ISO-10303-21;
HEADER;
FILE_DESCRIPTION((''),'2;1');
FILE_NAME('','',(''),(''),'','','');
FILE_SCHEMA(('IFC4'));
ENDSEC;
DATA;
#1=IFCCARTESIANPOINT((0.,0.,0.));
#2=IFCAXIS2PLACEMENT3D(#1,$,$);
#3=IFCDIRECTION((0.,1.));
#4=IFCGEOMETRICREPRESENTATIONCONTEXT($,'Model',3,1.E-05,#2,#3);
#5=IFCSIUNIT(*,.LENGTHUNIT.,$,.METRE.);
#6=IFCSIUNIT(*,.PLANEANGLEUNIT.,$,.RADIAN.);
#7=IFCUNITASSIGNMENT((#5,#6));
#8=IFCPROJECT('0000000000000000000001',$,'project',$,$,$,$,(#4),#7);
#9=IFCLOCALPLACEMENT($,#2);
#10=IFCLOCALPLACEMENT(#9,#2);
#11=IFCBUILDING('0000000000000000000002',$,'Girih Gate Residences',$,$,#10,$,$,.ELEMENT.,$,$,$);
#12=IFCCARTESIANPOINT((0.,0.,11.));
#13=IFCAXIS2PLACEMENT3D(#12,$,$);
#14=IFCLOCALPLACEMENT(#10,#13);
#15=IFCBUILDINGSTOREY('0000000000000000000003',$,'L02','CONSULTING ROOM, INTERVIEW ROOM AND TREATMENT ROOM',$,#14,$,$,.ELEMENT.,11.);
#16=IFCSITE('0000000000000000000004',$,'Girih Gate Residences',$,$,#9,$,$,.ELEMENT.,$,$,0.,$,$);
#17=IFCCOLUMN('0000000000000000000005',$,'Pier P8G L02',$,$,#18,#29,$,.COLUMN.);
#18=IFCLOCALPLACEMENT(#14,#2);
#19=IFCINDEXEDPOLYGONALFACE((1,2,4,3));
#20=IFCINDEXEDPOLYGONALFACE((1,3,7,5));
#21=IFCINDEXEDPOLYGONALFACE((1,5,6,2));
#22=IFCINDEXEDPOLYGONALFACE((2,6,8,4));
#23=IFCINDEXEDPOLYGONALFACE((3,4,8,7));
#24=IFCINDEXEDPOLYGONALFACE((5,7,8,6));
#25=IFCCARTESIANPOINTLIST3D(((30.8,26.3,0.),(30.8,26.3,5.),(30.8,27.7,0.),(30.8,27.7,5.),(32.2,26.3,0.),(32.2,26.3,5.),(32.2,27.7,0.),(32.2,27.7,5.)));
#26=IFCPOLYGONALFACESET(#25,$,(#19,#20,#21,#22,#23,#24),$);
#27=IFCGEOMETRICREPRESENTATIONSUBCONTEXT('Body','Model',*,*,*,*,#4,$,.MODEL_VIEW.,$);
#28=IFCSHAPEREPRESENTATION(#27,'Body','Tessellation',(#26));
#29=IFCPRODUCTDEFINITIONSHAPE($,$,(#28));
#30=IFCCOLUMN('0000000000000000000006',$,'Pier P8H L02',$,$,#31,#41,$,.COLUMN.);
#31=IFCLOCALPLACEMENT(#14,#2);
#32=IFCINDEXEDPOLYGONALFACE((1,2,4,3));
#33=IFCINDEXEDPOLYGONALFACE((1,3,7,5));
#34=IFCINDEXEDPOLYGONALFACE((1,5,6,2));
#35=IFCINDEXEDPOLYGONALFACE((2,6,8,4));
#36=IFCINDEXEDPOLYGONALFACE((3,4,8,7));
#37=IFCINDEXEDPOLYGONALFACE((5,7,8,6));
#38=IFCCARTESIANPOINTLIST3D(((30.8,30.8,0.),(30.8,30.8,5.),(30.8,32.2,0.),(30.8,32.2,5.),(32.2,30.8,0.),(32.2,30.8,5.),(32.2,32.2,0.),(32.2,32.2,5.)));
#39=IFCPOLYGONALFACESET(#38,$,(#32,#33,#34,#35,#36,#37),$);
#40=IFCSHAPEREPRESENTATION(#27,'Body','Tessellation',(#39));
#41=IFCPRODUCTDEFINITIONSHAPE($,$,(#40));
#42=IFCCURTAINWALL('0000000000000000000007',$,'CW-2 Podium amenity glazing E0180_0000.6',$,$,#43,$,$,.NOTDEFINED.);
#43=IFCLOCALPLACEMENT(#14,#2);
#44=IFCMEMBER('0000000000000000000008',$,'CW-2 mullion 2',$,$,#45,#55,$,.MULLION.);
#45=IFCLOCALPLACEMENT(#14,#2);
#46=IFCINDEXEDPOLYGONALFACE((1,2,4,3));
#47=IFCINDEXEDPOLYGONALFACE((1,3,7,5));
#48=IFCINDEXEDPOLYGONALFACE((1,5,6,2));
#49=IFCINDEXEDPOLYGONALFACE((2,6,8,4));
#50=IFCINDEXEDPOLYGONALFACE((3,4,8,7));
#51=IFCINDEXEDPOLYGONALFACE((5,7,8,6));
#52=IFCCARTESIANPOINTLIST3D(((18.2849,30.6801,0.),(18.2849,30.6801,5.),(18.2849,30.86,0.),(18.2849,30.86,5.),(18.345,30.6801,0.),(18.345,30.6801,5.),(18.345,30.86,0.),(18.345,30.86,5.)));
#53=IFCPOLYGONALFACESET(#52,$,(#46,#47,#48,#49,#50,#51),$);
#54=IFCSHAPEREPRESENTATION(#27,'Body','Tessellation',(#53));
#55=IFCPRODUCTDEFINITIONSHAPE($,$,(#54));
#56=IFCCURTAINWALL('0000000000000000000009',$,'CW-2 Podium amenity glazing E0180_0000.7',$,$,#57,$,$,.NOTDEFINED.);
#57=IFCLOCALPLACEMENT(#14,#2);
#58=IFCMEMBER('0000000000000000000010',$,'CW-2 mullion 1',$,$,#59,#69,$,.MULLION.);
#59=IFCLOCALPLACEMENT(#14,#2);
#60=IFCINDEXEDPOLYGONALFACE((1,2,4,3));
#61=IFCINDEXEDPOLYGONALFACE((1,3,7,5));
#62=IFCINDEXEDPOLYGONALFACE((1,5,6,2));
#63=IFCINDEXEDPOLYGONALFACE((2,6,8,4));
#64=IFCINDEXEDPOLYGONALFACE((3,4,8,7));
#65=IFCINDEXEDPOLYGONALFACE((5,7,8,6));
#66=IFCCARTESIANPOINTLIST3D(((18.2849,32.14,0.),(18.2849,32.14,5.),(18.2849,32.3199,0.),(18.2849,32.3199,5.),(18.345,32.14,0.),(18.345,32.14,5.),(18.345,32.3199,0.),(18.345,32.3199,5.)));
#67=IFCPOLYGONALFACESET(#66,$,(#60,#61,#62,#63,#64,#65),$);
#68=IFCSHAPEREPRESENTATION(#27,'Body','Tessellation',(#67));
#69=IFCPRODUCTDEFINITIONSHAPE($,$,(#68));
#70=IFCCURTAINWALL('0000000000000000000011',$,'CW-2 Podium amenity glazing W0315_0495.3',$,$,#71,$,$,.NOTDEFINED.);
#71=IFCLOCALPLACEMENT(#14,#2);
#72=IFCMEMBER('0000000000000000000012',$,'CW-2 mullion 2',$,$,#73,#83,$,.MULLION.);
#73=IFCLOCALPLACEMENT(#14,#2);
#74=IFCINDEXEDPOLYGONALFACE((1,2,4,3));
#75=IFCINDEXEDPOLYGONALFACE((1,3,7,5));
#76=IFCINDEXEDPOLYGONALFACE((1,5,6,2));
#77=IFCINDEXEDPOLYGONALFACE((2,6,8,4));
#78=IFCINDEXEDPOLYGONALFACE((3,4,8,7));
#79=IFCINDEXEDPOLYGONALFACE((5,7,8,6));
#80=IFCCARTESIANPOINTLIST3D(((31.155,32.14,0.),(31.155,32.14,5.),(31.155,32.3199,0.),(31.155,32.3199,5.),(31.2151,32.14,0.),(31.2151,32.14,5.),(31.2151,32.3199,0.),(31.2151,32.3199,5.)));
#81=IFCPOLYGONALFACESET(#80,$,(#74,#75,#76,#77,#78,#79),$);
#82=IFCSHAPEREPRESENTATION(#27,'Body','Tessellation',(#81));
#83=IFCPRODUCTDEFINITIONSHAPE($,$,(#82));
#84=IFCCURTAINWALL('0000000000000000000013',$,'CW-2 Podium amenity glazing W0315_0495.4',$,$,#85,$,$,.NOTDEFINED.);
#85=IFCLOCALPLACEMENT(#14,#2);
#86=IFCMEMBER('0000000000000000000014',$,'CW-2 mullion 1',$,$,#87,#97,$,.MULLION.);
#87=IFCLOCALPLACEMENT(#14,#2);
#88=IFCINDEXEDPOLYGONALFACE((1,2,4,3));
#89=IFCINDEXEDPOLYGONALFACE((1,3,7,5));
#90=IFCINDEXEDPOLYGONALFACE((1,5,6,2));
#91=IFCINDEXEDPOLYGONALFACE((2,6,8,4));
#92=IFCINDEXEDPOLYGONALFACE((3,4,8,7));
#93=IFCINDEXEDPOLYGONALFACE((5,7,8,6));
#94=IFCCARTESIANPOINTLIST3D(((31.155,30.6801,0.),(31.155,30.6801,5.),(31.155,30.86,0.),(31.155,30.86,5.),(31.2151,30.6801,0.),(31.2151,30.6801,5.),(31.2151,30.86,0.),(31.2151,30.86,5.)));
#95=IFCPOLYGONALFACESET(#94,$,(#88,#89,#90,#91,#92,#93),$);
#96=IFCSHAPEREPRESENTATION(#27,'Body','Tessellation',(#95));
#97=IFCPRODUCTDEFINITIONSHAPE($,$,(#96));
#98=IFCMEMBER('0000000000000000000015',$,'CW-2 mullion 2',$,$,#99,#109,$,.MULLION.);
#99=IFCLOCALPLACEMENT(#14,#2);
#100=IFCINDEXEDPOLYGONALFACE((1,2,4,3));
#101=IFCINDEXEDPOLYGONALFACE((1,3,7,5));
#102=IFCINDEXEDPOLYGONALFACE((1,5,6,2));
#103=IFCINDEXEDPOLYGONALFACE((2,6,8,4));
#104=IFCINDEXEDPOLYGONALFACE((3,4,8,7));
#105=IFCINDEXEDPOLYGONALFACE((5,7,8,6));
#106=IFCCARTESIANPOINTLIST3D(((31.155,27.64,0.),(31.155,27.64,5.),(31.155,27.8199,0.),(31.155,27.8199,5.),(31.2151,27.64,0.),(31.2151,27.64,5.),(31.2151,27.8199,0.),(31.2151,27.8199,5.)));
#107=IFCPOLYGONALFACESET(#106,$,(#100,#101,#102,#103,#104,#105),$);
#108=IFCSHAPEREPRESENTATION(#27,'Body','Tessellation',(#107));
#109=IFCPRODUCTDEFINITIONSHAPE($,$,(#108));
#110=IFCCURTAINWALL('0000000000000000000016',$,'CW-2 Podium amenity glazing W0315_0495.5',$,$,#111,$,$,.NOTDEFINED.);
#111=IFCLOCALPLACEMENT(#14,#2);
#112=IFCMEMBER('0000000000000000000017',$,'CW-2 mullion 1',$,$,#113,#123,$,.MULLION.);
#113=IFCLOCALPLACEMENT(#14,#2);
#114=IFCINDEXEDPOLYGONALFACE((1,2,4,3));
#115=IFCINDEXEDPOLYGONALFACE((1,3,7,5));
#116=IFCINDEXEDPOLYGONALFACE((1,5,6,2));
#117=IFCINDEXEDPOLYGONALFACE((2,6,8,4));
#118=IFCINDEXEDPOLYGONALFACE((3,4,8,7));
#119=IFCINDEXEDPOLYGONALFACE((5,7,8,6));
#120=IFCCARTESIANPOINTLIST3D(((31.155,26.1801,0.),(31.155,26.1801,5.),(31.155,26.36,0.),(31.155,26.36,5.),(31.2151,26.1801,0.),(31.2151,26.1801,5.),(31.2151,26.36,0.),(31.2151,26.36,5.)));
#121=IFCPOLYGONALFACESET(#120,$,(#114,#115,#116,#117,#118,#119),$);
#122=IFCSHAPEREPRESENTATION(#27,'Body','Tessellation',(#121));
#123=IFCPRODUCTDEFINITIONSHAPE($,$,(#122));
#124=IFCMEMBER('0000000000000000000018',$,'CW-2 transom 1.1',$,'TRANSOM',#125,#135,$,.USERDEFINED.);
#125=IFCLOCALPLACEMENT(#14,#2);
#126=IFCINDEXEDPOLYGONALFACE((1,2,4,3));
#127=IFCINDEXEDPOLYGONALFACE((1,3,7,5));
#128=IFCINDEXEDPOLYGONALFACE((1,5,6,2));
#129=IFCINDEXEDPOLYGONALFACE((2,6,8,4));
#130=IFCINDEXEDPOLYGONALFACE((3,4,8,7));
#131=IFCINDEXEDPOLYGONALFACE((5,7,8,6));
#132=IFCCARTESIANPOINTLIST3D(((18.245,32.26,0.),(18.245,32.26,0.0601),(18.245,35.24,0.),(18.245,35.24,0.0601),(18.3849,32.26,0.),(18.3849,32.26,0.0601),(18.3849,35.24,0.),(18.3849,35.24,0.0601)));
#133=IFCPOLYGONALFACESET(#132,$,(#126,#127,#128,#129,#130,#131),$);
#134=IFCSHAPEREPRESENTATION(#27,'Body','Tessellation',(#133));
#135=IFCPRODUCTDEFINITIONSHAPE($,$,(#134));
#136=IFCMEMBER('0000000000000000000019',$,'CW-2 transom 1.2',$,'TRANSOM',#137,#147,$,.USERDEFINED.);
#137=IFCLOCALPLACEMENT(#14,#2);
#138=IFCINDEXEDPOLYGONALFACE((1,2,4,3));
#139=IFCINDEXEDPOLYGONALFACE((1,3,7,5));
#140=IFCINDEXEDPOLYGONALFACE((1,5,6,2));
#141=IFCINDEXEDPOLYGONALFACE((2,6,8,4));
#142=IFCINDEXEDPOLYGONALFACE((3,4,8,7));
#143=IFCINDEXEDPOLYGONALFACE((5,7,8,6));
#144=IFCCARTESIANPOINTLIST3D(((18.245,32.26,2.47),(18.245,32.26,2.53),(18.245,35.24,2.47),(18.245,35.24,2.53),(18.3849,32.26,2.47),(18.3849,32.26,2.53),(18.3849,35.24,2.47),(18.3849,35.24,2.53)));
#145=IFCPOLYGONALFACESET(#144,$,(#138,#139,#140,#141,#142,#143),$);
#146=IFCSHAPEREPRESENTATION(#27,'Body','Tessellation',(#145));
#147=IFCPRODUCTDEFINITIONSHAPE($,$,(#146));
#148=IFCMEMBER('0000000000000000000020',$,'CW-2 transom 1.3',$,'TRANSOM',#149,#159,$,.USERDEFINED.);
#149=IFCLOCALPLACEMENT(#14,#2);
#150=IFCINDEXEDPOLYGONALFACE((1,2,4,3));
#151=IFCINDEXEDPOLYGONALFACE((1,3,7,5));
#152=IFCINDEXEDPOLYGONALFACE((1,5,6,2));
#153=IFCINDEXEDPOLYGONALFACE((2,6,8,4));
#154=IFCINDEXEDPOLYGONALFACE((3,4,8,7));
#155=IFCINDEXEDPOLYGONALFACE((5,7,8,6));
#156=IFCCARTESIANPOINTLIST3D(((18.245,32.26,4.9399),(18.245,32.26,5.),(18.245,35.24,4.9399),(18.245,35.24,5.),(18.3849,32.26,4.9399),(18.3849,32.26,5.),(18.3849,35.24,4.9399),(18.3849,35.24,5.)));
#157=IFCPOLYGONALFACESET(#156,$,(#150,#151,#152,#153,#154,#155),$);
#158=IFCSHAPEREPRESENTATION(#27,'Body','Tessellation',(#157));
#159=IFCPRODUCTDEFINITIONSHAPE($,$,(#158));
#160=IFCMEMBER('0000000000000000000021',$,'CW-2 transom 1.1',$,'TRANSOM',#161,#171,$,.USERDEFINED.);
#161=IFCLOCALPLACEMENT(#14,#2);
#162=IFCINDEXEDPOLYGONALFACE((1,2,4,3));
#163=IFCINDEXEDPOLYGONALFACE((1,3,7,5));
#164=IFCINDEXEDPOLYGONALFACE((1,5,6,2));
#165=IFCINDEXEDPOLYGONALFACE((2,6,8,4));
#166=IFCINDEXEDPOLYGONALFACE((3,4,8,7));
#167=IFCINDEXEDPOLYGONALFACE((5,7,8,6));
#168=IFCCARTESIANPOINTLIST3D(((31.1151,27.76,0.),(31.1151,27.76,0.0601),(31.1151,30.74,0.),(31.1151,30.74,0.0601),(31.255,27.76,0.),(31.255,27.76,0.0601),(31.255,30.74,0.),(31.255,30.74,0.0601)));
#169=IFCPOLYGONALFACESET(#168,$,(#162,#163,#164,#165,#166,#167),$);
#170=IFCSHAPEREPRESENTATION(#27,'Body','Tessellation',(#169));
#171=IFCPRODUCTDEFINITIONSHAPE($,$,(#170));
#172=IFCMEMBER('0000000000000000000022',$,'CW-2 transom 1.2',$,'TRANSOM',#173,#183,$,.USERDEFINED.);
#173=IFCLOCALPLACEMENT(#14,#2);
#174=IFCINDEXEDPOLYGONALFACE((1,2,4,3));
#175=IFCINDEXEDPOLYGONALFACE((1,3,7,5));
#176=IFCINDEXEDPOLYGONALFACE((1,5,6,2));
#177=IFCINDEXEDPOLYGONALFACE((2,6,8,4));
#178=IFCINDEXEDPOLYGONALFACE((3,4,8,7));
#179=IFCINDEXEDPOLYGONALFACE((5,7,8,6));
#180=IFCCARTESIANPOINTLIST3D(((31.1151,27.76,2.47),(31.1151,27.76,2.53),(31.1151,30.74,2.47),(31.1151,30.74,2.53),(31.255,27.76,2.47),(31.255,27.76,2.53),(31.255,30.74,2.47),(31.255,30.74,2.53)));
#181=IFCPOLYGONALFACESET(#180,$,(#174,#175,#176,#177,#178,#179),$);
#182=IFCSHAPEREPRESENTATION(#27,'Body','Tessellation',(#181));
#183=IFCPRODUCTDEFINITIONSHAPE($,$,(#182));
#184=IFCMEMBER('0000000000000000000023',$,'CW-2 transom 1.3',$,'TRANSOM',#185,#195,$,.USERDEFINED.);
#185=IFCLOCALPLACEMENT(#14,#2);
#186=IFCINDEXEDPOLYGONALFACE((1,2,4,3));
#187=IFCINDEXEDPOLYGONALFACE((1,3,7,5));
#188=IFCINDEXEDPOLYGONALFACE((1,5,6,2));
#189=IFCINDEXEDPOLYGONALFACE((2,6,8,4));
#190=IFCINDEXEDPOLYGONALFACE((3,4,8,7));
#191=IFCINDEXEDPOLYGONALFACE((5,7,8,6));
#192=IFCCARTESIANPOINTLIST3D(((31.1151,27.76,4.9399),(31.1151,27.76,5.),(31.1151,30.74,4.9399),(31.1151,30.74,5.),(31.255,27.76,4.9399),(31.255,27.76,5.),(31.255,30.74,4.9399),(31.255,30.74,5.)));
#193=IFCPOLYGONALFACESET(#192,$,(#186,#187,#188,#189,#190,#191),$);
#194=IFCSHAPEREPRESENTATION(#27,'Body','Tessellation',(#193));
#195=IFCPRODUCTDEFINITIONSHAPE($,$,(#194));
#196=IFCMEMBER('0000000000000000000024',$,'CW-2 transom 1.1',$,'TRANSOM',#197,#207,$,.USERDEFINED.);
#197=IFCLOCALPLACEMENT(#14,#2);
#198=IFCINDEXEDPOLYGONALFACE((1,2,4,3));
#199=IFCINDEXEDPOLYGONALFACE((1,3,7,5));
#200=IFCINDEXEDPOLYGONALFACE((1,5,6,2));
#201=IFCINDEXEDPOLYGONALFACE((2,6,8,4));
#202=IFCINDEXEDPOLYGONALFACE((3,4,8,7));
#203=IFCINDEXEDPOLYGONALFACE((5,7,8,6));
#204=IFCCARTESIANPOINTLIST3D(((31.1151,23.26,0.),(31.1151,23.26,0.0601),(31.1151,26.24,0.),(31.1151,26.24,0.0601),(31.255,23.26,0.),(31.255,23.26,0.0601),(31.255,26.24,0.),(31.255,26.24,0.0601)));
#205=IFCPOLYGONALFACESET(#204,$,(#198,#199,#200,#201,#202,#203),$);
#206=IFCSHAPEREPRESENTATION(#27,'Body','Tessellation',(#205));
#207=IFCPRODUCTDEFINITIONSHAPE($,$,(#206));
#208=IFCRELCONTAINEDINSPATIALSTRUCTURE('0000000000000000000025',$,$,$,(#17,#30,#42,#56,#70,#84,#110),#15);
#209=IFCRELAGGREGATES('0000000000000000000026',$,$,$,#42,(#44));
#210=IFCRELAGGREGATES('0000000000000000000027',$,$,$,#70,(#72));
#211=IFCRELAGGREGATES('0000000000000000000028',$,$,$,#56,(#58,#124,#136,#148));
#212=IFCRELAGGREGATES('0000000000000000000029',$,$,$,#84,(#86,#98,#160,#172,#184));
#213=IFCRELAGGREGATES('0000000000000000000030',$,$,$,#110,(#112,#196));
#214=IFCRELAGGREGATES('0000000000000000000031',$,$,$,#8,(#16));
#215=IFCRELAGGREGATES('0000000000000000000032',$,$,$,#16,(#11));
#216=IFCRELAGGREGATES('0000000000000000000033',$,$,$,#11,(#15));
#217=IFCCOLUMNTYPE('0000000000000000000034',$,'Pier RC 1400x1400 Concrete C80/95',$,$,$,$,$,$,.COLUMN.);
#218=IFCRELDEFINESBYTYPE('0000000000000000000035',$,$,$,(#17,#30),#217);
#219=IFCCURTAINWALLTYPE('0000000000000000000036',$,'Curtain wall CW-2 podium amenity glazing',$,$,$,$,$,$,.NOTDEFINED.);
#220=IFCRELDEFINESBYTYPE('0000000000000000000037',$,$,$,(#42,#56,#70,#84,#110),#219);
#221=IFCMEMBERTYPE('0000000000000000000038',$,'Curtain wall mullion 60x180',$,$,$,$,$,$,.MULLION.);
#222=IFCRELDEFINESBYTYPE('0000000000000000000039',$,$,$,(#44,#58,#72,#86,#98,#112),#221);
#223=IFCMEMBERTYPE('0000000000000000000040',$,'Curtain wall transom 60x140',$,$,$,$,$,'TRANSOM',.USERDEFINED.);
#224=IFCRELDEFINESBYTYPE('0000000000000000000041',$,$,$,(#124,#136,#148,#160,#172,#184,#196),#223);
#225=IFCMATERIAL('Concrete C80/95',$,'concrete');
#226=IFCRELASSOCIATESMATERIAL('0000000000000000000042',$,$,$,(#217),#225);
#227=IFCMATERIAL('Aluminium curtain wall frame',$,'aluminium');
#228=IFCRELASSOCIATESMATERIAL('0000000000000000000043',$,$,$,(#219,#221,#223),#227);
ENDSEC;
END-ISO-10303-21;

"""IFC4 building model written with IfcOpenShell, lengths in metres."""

from ifc_helpers import new_model, si_unit, direction, frame, origin, origin_2d, place, context, subcontext, project, spatial, rectangle, extrude, material, material_profile, profile_set, type_object, element, aggregate, save


model = new_model("IFC4")

# Units and contexts
model_context = context("Model", 3, precision=1e-05, world=origin(), true_north=direction((0.0, 1.0)))
body_context = subcontext(model_context, "Body", "Model", "MODEL_VIEW")
ifc_project = project(units=[si_unit("LENGTHUNIT", "METRE"), si_unit("PLANEANGLEUNIT", "RADIAN")], contexts=[model_context])

# Site, building, storey
site_placement = place(None, origin())
site = spatial("IfcSite", under=ifc_project, at=site_placement, Name="Girih Gate Residences", CompositionType="ELEMENT", RefElevation=0.0)
building_placement = place(site_placement, origin())
building = spatial("IfcBuilding", under=site, at=building_placement, Name="Girih Gate Residences", CompositionType="ELEMENT")
storey_placement = place(building_placement, frame((0.0, 0.0, 11.0)))
storey = spatial("IfcBuildingStorey", under=building, at=storey_placement, Name="L02", Description="CONSULTING ROOM, INTERVIEW ROOM AND TREATMENT ROOM", CompositionType="ELEMENT", Elevation=11.0)

# Columns
ifc_material_1 = material(Name="Concrete C80/95", Category="concrete")
ifc_material_profile_1 = material_profile(ifc_material_1, rectangle(XDim=1.3999, YDim=1.3999, at=origin_2d()))
ifc_profile_set_1 = profile_set([ifc_material_profile_1], Name="Concrete C80/95")
column_type = type_object("IfcColumnType", Name="Pier RC 1400x1400 Concrete C80/95", PredefinedType="COLUMN", material=ifc_profile_set_1)
for number, where, z_axis, x_axis, name in (
    (1, (31.5, 27.0, 0.0), (0.0, 0.0, 1.0), (1.0, 0.0, 0.0), "Pier P8G L02"),
    (2, (31.5, 31.5, 0.0), (0.0, 0.0, 1.0), (1.0, 0.0, 0.0), "Pier P8H L02"),
):
    element("IfcColumn", number, at=place(storey_placement, frame(where, z_axis=z_axis, x_axis=x_axis)), inside=storey, type_object=column_type, Name=name, PredefinedType="COLUMN", context=body_context, shape_type="SweptSolid", body=[
        extrude(rectangle(XDim=1.3999, YDim=1.3999, at=origin_2d()), origin(), (0.0, 0.0, 1.0), 5.0),
    ])

# Curtain walls, members
ifc_material_2 = material(Name="Aluminium curtain wall frame", Category="aluminium")
curtain_wall_type = type_object("IfcCurtainWallType", Name="Curtain wall CW-2 podium amenity glazing", PredefinedType="NOTDEFINED", material=ifc_material_2)
curtain_wall_1_placement = place(storey_placement, origin())
curtain_wall_1 = element("IfcCurtainWall", 3, at=curtain_wall_1_placement, inside=storey, type_object=curtain_wall_type, Name="CW-2 Podium amenity glazing E0180_0000.6", PredefinedType="NOTDEFINED")
ifc_material_profile_2 = material_profile(ifc_material_2, rectangle(XDim=0.0601, YDim=0.1799, at=origin_2d()))
ifc_profile_set_2 = profile_set([ifc_material_profile_2], Name="Aluminium curtain wall frame")
member_type_1 = type_object("IfcMemberType", Name="Curtain wall mullion 60x180", PredefinedType="MULLION", material=ifc_profile_set_2)
member_1_placement = place(storey_placement, frame((18.3149, 30.77, 0.0), z_axis=(0.0, 0.0, 1.0), x_axis=(-1.0, 0.0, 0.0)))
member_1 = element("IfcMember", 4, at=member_1_placement, type_object=member_type_1, Name="CW-2 mullion 2", PredefinedType="MULLION", context=body_context, shape_type="SweptSolid", body=[
    extrude(rectangle(XDim=0.0601, YDim=0.1799, at=origin_2d()), origin(), (0.0, 0.0, 1.0), 5.0),
])
aggregate(curtain_wall_1, [member_1])
curtain_wall_2_placement = place(storey_placement, origin())
curtain_wall_2 = element("IfcCurtainWall", 5, at=curtain_wall_2_placement, inside=storey, type_object=curtain_wall_type, Name="CW-2 Podium amenity glazing E0180_0000.7", PredefinedType="NOTDEFINED")
member_2_placement = place(storey_placement, frame((18.3149, 32.23, 0.0), z_axis=(0.0, 0.0, 1.0), x_axis=(-1.0, 0.0, 0.0)))
member_2 = element("IfcMember", 6, at=member_2_placement, type_object=member_type_1, Name="CW-2 mullion 1", PredefinedType="MULLION", context=body_context, shape_type="SweptSolid", body=[
    extrude(rectangle(XDim=0.0601, YDim=0.1799, at=origin_2d()), origin(), (0.0, 0.0, 1.0), 5.0),
])
curtain_wall_3_placement = place(storey_placement, origin())
curtain_wall_3 = element("IfcCurtainWall", 7, at=curtain_wall_3_placement, inside=storey, type_object=curtain_wall_type, Name="CW-2 Podium amenity glazing W0315_0495.3", PredefinedType="NOTDEFINED")
member_3_placement = place(storey_placement, frame((31.1851, 32.23, 0.0), z_axis=(0.0, 0.0, 1.0), x_axis=(1.0, 0.0, 0.0)))
member_3 = element("IfcMember", 8, at=member_3_placement, type_object=member_type_1, Name="CW-2 mullion 2", PredefinedType="MULLION", context=body_context, shape_type="SweptSolid", body=[
    extrude(rectangle(XDim=0.0601, YDim=0.1799, at=origin_2d()), origin(), (0.0, 0.0, 1.0), 5.0),
])
aggregate(curtain_wall_3, [member_3])

# Curtain wall, members
curtain_wall_4_placement = place(storey_placement, origin())
curtain_wall_4 = element("IfcCurtainWall", 9, at=curtain_wall_4_placement, inside=storey, type_object=curtain_wall_type, Name="CW-2 Podium amenity glazing W0315_0495.4", PredefinedType="NOTDEFINED")
member_4_placement = place(storey_placement, frame((31.1851, 30.77, 0.0), z_axis=(0.0, 0.0, 1.0), x_axis=(1.0, 0.0, 0.0)))
member_4 = element("IfcMember", 10, at=member_4_placement, type_object=member_type_1, Name="CW-2 mullion 1", PredefinedType="MULLION", context=body_context, shape_type="SweptSolid", body=[
    extrude(rectangle(XDim=0.0601, YDim=0.1799, at=origin_2d()), origin(), (0.0, 0.0, 1.0), 5.0),
])
member_5_placement = place(storey_placement, frame((31.1851, 27.73, 0.0), z_axis=(0.0, 0.0, 1.0), x_axis=(1.0, 0.0, 0.0)))
member_5 = element("IfcMember", 11, at=member_5_placement, type_object=member_type_1, Name="CW-2 mullion 2", PredefinedType="MULLION", context=body_context, shape_type="SweptSolid", body=[
    extrude(rectangle(XDim=0.0601, YDim=0.1799, at=origin_2d()), origin(), (0.0, 0.0, 1.0), 5.0),
])

# Curtain wall, member
curtain_wall_5_placement = place(storey_placement, origin())
curtain_wall_5 = element("IfcCurtainWall", 12, at=curtain_wall_5_placement, inside=storey, type_object=curtain_wall_type, Name="CW-2 Podium amenity glazing W0315_0495.5", PredefinedType="NOTDEFINED")
member_6_placement = place(storey_placement, frame((31.1851, 26.27, 0.0), z_axis=(0.0, 0.0, 1.0), x_axis=(1.0, 0.0, 0.0)))
member_6 = element("IfcMember", 13, at=member_6_placement, type_object=member_type_1, Name="CW-2 mullion 1", PredefinedType="MULLION", context=body_context, shape_type="SweptSolid", body=[
    extrude(rectangle(XDim=0.0601, YDim=0.1799, at=origin_2d()), origin(), (0.0, 0.0, 1.0), 5.0),
])

# Members
ifc_material_profile_3 = material_profile(ifc_material_2, rectangle(XDim=0.1399, YDim=0.0601, at=origin_2d()))
ifc_profile_set_3 = profile_set([ifc_material_profile_3], Name="Aluminium curtain wall frame")
member_type_2 = type_object("IfcMemberType", Name="Curtain wall transom 60x140", ElementType="TRANSOM", PredefinedType="USERDEFINED", material=ifc_profile_set_3)
member_7_placement = place(storey_placement, frame((18.3149, 32.26, 0.03), z_axis=(0.0, 1.0, 0.0), x_axis=(-1.0, 0.0, 0.0)))
member_7 = element("IfcMember", 14, at=member_7_placement, type_object=member_type_2, Name="CW-2 transom 1.1", ObjectType="TRANSOM", PredefinedType="USERDEFINED", context=body_context, shape_type="SweptSolid", body=[
    extrude(rectangle(XDim=0.1399, YDim=0.0601, at=origin_2d()), origin(), (0.0, 0.0, 1.0), 2.98),
])
member_8_placement = place(storey_placement, frame((18.3149, 32.26, 2.5), z_axis=(0.0, 1.0, 0.0), x_axis=(-1.0, 0.0, 0.0)))
member_8 = element("IfcMember", 15, at=member_8_placement, type_object=member_type_2, Name="CW-2 transom 1.2", ObjectType="TRANSOM", PredefinedType="USERDEFINED", context=body_context, shape_type="SweptSolid", body=[
    extrude(rectangle(XDim=0.1399, YDim=0.0601, at=origin_2d()), origin(), (0.0, 0.0, 1.0), 2.98),
])
member_9_placement = place(storey_placement, frame((18.3149, 32.26, 4.97), z_axis=(0.0, 1.0, 0.0), x_axis=(-1.0, 0.0, 0.0)))
member_9 = element("IfcMember", 16, at=member_9_placement, type_object=member_type_2, Name="CW-2 transom 1.3", ObjectType="TRANSOM", PredefinedType="USERDEFINED", context=body_context, shape_type="SweptSolid", body=[
    extrude(rectangle(XDim=0.1399, YDim=0.0601, at=origin_2d()), origin(), (0.0, 0.0, 1.0), 2.98),
])
member_10_placement = place(storey_placement, frame((31.1851, 30.74, 0.03), z_axis=(0.0, -1.0, 0.0), x_axis=(1.0, 0.0, 0.0)))
member_10 = element("IfcMember", 17, at=member_10_placement, type_object=member_type_2, Name="CW-2 transom 1.1", ObjectType="TRANSOM", PredefinedType="USERDEFINED", context=body_context, shape_type="SweptSolid", body=[
    extrude(rectangle(XDim=0.1399, YDim=0.0601, at=origin_2d()), origin(), (0.0, 0.0, 1.0), 2.98),
])
member_11_placement = place(storey_placement, frame((31.1851, 30.74, 2.5), z_axis=(0.0, -1.0, 0.0), x_axis=(1.0, 0.0, 0.0)))
member_11 = element("IfcMember", 18, at=member_11_placement, type_object=member_type_2, Name="CW-2 transom 1.2", ObjectType="TRANSOM", PredefinedType="USERDEFINED", context=body_context, shape_type="SweptSolid", body=[
    extrude(rectangle(XDim=0.1399, YDim=0.0601, at=origin_2d()), origin(), (0.0, 0.0, 1.0), 2.98),
])
member_12_placement = place(storey_placement, frame((31.1851, 30.74, 4.97), z_axis=(0.0, -1.0, 0.0), x_axis=(1.0, 0.0, 0.0)))
member_12 = element("IfcMember", 19, at=member_12_placement, type_object=member_type_2, Name="CW-2 transom 1.3", ObjectType="TRANSOM", PredefinedType="USERDEFINED", context=body_context, shape_type="SweptSolid", body=[
    extrude(rectangle(XDim=0.1399, YDim=0.0601, at=origin_2d()), origin(), (0.0, 0.0, 1.0), 2.98),
])
member_13_placement = place(storey_placement, frame((31.1851, 26.24, 0.03), z_axis=(0.0, -1.0, 0.0), x_axis=(1.0, 0.0, 0.0)))
member_13 = element("IfcMember", 20, at=member_13_placement, type_object=member_type_2, Name="CW-2 transom 1.1", ObjectType="TRANSOM", PredefinedType="USERDEFINED", context=body_context, shape_type="SweptSolid", body=[
    extrude(rectangle(XDim=0.1399, YDim=0.0601, at=origin_2d()), origin(), (0.0, 0.0, 1.0), 2.98),
])

aggregate(curtain_wall_2, [member_2, member_7, member_8, member_9])
aggregate(curtain_wall_4, [member_4, member_5, member_10, member_11, member_12])
aggregate(curtain_wall_5, [member_6, member_13])

save(model, "model.ifc")
